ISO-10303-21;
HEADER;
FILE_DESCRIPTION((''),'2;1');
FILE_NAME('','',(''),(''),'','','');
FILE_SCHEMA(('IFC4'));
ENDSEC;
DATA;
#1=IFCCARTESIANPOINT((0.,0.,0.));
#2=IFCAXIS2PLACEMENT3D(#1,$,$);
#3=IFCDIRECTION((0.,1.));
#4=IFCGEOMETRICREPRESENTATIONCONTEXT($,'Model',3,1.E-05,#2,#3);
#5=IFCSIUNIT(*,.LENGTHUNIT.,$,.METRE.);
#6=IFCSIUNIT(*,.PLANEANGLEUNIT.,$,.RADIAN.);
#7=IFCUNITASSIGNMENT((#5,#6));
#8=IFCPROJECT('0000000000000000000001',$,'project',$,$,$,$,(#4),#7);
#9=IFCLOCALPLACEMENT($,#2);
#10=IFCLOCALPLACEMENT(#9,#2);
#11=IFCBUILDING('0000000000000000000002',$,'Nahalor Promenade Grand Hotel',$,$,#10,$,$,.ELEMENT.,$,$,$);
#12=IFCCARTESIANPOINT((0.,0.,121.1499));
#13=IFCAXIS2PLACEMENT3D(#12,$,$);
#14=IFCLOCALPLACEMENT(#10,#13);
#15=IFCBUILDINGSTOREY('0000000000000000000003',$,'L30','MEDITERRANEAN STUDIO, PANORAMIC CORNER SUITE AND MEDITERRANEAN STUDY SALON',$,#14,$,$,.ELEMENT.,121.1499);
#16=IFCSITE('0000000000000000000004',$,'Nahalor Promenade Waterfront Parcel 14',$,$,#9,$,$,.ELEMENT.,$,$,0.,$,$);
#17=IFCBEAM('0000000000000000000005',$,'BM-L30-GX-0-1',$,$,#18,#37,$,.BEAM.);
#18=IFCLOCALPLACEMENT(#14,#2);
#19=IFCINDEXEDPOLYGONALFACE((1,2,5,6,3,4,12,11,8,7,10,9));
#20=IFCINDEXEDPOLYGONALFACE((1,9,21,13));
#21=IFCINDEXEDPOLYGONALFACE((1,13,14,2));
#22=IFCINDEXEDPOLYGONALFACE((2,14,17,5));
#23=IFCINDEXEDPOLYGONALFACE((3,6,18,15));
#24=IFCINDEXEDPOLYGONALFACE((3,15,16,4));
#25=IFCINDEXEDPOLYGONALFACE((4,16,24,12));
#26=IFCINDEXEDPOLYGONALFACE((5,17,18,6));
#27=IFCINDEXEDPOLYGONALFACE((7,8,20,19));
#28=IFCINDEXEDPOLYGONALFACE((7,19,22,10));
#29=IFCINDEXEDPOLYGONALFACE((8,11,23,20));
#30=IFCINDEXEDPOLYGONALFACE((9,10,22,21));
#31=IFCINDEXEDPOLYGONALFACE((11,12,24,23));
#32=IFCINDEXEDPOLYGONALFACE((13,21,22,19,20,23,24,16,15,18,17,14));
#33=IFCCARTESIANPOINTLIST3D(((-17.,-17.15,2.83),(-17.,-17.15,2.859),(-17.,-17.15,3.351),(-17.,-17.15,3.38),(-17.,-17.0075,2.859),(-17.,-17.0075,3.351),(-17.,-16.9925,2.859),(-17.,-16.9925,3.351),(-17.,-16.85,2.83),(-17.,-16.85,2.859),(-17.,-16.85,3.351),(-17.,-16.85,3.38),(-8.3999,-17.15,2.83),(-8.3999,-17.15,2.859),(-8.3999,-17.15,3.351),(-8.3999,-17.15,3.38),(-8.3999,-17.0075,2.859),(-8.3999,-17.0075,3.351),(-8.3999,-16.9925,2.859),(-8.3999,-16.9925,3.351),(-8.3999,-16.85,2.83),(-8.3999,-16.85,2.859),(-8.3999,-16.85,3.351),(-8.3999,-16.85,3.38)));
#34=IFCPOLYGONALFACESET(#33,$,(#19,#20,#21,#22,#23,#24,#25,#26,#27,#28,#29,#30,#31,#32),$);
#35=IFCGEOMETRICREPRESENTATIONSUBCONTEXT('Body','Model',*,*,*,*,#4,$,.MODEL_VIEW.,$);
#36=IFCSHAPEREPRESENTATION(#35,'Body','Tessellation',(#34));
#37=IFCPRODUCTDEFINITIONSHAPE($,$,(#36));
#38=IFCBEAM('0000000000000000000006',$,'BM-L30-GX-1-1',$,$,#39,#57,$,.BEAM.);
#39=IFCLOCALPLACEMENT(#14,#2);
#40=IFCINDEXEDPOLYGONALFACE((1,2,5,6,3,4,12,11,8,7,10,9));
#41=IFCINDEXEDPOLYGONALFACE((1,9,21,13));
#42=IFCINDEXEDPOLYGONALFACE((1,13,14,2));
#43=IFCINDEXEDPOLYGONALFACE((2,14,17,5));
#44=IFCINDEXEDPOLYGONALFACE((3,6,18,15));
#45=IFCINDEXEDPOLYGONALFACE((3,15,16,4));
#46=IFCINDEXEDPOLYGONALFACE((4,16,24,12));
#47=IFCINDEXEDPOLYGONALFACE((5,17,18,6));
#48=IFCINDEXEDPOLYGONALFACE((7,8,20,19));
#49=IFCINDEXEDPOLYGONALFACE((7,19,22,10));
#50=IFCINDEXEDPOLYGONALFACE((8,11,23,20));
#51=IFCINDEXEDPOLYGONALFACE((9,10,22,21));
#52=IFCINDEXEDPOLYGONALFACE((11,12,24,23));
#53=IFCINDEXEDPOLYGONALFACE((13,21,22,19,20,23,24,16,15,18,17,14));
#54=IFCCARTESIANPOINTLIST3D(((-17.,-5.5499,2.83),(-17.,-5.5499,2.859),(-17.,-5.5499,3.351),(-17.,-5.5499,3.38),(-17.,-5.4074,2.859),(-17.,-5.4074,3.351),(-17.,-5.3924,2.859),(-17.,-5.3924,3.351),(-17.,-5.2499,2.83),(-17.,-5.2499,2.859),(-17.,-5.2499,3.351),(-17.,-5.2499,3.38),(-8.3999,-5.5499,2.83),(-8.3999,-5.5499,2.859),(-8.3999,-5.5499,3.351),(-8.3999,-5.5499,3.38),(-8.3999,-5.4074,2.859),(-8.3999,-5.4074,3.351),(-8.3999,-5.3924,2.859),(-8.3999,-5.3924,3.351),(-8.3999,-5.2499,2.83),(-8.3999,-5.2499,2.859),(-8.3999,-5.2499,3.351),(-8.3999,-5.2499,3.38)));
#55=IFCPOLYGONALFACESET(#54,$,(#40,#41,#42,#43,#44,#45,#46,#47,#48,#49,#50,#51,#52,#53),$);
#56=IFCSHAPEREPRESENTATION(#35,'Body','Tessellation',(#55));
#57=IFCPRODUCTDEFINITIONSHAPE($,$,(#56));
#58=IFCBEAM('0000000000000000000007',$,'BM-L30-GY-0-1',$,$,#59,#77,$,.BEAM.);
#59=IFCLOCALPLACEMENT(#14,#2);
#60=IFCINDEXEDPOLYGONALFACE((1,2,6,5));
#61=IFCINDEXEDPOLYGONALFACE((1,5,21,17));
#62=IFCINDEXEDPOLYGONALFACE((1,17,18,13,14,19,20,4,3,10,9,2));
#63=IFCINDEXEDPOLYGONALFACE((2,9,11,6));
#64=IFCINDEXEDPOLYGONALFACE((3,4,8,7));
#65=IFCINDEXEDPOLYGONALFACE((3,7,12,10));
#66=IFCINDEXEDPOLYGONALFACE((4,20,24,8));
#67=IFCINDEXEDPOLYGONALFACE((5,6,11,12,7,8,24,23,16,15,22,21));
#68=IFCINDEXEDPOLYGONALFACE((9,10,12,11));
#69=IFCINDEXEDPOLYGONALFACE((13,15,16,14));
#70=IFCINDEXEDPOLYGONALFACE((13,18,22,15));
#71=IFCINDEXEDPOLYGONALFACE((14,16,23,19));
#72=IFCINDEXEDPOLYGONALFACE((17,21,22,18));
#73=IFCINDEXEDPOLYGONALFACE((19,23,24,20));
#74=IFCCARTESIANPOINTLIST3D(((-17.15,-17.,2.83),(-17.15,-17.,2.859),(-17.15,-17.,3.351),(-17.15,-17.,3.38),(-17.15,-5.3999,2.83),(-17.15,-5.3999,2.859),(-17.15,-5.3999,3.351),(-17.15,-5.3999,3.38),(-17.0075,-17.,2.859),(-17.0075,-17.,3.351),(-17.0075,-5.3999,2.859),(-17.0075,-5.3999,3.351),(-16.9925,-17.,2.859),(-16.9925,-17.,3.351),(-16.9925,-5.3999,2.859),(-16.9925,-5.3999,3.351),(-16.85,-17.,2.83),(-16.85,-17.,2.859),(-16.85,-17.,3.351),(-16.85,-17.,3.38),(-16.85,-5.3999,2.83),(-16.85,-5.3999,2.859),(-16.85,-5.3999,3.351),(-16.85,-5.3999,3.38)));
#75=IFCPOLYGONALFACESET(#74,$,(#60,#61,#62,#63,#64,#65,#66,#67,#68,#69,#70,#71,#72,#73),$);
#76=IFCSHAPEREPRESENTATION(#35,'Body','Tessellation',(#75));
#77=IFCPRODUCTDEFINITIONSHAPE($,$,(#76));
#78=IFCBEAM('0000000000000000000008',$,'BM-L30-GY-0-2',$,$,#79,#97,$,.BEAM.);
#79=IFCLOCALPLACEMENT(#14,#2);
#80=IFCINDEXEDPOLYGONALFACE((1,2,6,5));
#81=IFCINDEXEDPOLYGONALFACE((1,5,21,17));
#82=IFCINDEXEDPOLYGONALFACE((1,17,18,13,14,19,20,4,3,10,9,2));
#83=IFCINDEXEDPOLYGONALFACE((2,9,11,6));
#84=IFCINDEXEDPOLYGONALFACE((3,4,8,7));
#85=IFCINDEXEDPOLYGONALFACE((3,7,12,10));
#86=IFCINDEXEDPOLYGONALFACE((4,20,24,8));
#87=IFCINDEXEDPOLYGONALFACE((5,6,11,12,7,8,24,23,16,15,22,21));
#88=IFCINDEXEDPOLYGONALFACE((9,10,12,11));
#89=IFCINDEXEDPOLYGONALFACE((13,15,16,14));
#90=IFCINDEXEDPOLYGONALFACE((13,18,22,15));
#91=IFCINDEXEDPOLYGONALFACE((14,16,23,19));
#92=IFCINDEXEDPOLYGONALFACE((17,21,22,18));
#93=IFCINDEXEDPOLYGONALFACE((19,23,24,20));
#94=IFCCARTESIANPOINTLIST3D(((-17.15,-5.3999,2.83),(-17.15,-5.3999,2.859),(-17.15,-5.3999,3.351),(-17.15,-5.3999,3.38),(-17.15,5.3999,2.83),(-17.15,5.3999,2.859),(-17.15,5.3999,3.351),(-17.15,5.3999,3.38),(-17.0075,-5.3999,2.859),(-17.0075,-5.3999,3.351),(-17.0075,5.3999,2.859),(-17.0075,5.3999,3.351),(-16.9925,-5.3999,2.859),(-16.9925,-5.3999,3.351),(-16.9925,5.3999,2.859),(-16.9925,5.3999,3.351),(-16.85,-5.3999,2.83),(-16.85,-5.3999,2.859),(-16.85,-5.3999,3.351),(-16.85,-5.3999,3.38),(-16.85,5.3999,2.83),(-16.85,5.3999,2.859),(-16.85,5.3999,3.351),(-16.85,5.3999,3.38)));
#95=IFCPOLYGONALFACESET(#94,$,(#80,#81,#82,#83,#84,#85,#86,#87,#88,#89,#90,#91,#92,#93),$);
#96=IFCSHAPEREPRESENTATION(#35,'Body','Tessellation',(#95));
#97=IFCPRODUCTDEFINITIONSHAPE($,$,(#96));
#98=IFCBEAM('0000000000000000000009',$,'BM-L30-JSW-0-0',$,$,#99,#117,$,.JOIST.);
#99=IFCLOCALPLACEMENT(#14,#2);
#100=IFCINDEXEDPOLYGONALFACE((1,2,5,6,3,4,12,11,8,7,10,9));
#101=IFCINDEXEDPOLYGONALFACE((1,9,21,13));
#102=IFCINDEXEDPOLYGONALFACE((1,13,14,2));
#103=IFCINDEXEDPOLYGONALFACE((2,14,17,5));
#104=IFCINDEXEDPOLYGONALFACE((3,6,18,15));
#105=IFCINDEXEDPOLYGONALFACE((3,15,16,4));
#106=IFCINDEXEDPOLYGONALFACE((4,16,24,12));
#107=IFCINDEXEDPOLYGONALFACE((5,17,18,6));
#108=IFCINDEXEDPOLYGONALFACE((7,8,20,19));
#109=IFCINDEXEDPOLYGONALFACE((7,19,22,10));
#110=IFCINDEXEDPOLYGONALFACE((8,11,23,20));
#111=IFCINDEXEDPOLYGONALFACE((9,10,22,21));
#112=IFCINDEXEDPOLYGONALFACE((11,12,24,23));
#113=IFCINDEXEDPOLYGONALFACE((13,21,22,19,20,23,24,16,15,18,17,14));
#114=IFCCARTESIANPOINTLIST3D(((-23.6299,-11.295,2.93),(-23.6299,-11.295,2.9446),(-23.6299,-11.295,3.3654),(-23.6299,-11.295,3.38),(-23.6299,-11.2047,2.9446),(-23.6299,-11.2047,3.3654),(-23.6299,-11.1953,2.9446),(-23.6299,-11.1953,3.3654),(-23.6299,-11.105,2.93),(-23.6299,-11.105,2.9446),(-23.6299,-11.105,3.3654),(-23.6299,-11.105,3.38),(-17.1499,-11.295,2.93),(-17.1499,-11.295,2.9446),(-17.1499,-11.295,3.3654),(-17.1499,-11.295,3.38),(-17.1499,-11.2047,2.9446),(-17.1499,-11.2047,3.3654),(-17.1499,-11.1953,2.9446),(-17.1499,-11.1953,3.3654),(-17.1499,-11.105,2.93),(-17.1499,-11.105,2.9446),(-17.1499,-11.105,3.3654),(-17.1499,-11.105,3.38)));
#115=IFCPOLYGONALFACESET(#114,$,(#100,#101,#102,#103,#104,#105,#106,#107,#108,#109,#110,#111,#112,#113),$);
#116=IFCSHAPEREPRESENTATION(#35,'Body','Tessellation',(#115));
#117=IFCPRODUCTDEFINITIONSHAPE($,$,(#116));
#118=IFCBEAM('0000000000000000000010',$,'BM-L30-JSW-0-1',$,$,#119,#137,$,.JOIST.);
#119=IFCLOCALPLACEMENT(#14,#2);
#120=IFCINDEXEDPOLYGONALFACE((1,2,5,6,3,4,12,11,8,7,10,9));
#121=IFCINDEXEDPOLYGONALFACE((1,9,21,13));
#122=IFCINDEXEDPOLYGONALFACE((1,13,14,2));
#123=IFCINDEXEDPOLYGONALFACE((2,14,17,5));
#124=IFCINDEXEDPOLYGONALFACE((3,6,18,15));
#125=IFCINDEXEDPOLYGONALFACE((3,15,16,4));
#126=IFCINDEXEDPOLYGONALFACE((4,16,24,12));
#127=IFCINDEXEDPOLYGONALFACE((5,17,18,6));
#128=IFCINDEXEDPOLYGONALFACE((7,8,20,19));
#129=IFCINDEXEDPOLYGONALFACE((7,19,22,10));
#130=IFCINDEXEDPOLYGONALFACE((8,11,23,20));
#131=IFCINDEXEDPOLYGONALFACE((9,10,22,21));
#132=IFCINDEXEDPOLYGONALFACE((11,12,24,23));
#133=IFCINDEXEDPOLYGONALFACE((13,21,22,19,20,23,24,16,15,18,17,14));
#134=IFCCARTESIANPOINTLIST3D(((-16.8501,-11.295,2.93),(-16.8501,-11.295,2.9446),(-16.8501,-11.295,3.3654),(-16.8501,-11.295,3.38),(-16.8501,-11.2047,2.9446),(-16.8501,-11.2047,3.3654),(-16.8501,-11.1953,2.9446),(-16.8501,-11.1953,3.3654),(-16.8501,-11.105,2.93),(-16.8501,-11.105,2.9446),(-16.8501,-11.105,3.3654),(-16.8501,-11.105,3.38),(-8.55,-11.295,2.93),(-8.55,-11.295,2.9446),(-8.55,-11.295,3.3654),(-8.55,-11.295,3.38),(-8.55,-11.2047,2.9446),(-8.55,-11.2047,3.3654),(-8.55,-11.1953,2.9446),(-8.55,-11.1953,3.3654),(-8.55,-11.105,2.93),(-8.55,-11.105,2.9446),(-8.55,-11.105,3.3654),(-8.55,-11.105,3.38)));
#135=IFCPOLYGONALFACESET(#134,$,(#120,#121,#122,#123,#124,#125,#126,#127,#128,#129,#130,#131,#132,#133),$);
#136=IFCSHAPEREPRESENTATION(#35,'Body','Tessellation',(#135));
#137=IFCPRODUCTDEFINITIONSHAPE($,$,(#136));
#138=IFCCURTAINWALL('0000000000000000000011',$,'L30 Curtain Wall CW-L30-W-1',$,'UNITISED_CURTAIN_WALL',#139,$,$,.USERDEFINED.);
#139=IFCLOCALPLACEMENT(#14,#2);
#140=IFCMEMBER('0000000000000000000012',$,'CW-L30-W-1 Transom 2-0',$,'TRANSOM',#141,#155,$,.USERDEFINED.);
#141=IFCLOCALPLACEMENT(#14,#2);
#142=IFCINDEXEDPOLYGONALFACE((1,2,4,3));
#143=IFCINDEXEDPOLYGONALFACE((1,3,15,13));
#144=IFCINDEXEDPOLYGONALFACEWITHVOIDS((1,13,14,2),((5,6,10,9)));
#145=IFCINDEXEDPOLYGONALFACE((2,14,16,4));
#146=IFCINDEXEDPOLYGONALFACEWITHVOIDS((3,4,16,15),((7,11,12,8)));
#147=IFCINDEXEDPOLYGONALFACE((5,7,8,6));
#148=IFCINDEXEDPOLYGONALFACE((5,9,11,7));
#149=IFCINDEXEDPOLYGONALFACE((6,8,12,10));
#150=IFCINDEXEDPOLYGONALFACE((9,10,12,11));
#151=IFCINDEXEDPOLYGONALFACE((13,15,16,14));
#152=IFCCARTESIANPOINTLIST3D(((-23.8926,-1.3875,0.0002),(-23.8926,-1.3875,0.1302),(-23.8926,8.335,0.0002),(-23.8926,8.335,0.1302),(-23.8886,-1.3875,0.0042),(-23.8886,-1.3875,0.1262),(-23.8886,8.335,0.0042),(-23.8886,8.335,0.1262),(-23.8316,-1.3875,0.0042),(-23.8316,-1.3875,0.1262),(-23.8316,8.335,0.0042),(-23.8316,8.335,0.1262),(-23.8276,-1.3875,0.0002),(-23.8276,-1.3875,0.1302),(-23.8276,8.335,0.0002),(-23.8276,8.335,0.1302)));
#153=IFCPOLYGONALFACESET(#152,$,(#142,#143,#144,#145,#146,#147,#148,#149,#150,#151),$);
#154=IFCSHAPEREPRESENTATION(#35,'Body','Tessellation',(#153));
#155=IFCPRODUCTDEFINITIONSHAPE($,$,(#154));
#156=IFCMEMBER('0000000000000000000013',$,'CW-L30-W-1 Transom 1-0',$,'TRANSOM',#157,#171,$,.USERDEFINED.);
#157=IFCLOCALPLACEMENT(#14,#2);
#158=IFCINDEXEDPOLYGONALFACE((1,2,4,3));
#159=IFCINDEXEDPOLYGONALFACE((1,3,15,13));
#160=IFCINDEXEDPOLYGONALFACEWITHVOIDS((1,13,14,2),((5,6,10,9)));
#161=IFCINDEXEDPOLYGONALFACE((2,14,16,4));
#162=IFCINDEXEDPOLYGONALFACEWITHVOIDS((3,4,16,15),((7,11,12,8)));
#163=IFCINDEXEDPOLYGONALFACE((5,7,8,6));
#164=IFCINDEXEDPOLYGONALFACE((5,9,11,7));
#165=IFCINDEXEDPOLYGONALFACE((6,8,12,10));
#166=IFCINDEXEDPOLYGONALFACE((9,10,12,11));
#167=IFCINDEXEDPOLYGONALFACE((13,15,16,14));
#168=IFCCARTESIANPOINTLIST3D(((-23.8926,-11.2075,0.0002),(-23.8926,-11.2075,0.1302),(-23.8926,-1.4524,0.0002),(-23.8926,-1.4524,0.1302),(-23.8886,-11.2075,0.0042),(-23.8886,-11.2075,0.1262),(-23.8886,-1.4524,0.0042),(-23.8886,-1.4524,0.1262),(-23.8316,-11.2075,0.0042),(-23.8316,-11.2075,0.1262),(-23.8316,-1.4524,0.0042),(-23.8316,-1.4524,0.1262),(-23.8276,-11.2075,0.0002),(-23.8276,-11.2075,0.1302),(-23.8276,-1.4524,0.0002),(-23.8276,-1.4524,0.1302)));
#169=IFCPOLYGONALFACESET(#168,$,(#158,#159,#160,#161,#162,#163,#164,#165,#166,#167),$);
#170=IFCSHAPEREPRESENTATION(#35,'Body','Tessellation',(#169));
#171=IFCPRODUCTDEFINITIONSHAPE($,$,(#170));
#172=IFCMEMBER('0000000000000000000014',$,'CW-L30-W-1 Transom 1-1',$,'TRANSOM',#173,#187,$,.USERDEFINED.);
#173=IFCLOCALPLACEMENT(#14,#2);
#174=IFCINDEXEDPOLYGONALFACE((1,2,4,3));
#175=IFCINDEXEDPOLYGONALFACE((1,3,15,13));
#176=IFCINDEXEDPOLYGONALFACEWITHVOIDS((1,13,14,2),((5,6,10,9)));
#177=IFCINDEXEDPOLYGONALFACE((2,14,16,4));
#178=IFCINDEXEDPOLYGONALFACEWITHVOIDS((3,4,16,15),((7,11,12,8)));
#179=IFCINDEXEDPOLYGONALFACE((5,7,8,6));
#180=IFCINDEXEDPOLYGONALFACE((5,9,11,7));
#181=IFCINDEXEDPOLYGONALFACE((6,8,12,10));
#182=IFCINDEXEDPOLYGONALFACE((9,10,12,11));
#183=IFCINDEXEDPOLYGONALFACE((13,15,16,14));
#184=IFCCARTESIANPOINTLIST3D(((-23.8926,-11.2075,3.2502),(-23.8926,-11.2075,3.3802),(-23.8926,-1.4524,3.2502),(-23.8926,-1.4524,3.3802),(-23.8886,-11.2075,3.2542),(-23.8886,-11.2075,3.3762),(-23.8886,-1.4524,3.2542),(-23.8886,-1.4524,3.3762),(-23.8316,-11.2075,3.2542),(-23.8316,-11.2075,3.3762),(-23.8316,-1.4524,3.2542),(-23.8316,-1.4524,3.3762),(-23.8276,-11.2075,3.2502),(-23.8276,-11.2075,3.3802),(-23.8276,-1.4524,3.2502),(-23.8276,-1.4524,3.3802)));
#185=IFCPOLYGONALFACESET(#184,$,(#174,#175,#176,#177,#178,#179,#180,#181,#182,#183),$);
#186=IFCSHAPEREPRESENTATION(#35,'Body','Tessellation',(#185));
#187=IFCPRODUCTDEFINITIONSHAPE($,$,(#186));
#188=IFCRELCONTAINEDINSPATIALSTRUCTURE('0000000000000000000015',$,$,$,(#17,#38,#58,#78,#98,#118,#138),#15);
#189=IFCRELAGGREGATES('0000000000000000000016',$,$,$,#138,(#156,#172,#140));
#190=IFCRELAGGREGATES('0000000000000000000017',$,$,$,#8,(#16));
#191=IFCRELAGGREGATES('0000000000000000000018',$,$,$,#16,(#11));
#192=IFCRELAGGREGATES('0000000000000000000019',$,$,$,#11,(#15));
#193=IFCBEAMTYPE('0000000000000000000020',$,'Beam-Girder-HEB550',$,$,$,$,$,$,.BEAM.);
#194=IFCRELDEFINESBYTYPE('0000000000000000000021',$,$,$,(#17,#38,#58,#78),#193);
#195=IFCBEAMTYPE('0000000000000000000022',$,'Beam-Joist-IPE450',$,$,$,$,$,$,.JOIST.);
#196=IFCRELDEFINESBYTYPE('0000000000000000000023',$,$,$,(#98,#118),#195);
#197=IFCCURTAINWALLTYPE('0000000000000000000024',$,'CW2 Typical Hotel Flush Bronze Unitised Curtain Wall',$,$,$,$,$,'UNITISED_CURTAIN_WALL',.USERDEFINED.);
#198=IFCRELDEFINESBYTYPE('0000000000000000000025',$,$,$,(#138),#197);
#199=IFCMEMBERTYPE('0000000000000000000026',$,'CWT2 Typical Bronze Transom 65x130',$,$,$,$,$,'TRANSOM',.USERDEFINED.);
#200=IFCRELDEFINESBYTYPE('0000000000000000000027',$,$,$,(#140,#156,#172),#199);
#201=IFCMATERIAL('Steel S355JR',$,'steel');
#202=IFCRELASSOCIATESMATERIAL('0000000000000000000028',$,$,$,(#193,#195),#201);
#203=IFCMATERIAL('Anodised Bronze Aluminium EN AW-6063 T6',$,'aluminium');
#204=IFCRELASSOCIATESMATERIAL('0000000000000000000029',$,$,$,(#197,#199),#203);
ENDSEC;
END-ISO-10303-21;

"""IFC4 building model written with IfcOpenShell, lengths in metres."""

from ifc_helpers import new_model, si_unit, direction, frame, origin, origin_2d, place, context, subcontext, project, spatial, hollow_rectangle, i_section, extrude, source, transform, mapped, material, material_profile, profile_set, type_object, element, aggregate, save


model = new_model("IFC4")

# Units and contexts
model_context = context("Model", 3, precision=1e-05, world=origin(), true_north=direction((0.0, 1.0)))
body_context = subcontext(model_context, "Body", "Model", "MODEL_VIEW")
ifc_project = project(units=[si_unit("LENGTHUNIT", "METRE"), si_unit("PLANEANGLEUNIT", "RADIAN")], contexts=[model_context])

# Site, building, storey
site_placement = place(None, origin())
site = spatial("IfcSite", under=ifc_project, at=site_placement, Name="Nahalor Promenade Waterfront Parcel 14", CompositionType="ELEMENT", RefElevation=0.0)
building_placement = place(site_placement, origin())
building = spatial("IfcBuilding", under=site, at=building_placement, Name="Nahalor Promenade Grand Hotel", CompositionType="ELEMENT")
storey_placement = place(building_placement, frame((0.0, 0.0, 121.1499)))
storey = spatial("IfcBuildingStorey", under=building, at=storey_placement, Name="L30", Description="MEDITERRANEAN STUDIO, PANORAMIC CORNER SUITE AND MEDITERRANEAN STUDY SALON", CompositionType="ELEMENT", Elevation=121.1499)

# Beams
ifc_material_1 = material(Name="Steel S355JR", Category="steel")
ifc_material_profile_1 = material_profile(ifc_material_1, i_section(OverallWidth=0.3, OverallDepth=0.55, WebThickness=0.015, FlangeThickness=0.029, at=origin_2d()), Name="HEB 550")
ifc_profile_set_1 = profile_set([ifc_material_profile_1], Name="Steel S355JR")
beam_type_1 = type_object("IfcBeamType", Name="Beam-Girder-HEB550", PredefinedType="BEAM", material=ifc_profile_set_1)
shared_shape_1 = source(origin(), body_context, "Body", "SweptSolid", [
    extrude(i_section(OverallWidth=0.3, OverallDepth=0.55, WebThickness=0.015, FlangeThickness=0.029, at=origin_2d()), origin(), (0.0, 0.0, 1.0), 8.6001),
])
for number, where, z_axis, x_axis, name in (
    (1, (-17.0, -17.0, 3.105), (1.0, 0.0, 0.0), (0.0, 1.0, 0.0), "BM-L30-GX-0-1"),
    (2, (-17.0, -5.3999, 3.105), (1.0, 0.0, 0.0), (0.0, 1.0, 0.0), "BM-L30-GX-1-1"),
):
    element("IfcBeam", number, at=place(storey_placement, frame(where, z_axis=z_axis, x_axis=x_axis)), inside=storey, type_object=beam_type_1, Name=name, PredefinedType="BEAM", context=body_context, shape_type="MappedRepresentation", body=[
        mapped(shared_shape_1, transform((0.0, 0.0, 0.0), scale=1.0)),
    ])
shared_shape_2 = source(origin(), body_context, "Body", "SweptSolid", [
    extrude(i_section(OverallWidth=0.3, OverallDepth=0.55, WebThickness=0.015, FlangeThickness=0.029, at=origin_2d()), origin(), (0.0, 0.0, 1.0), 11.6001),
])
beam_1_placement = place(storey_placement, frame((-17.0, -17.0, 3.105), z_axis=(0.0, 1.0, 0.0), x_axis=(-1.0, 0.0, 0.0)))
element("IfcBeam", 3, at=beam_1_placement, inside=storey, type_object=beam_type_1, Name="BM-L30-GY-0-1", PredefinedType="BEAM", context=body_context, shape_type="MappedRepresentation", body=[
    mapped(shared_shape_2, transform((0.0, 0.0, 0.0), scale=1.0)),
])
shared_shape_3 = source(origin(), body_context, "Body", "SweptSolid", [
    extrude(i_section(OverallWidth=0.3, OverallDepth=0.55, WebThickness=0.015, FlangeThickness=0.029, at=origin_2d()), origin(), (0.0, 0.0, 1.0), 10.7998),
])
beam_2_placement = place(storey_placement, frame((-17.0, -5.3999, 3.105), z_axis=(0.0, 1.0, 0.0), x_axis=(-1.0, 0.0, 0.0)))
element("IfcBeam", 4, at=beam_2_placement, inside=storey, type_object=beam_type_1, Name="BM-L30-GY-0-2", PredefinedType="BEAM", context=body_context, shape_type="MappedRepresentation", body=[
    mapped(shared_shape_3, transform((0.0, 0.0, 0.0), scale=1.0)),
])
ifc_material_profile_2 = material_profile(ifc_material_1, i_section(OverallWidth=0.19, OverallDepth=0.45, WebThickness=0.0094, FlangeThickness=0.0146, at=origin_2d()), Name="IPE 450")
ifc_profile_set_2 = profile_set([ifc_material_profile_2], Name="Steel S355JR")
beam_type_2 = type_object("IfcBeamType", Name="Beam-Joist-IPE450", PredefinedType="JOIST", material=ifc_profile_set_2)
shared_shape_4 = source(origin(), body_context, "Body", "SweptSolid", [
    extrude(i_section(OverallWidth=0.19, OverallDepth=0.45, WebThickness=0.0094, FlangeThickness=0.0146, at=origin_2d()), origin(), (0.0, 0.0, 1.0), 6.48),
])
beam_3_placement = place(storey_placement, frame((-23.6299, -11.2, 3.155), z_axis=(1.0, 0.0, 0.0), x_axis=(0.0, 1.0, 0.0)))
element("IfcBeam", 5, at=beam_3_placement, inside=storey, type_object=beam_type_2, Name="BM-L30-JSW-0-0", PredefinedType="JOIST", context=body_context, shape_type="MappedRepresentation", body=[
    mapped(shared_shape_4, transform((0.0, 0.0, 0.0), scale=1.0)),
])
shared_shape_5 = source(origin(), body_context, "Body", "SweptSolid", [
    extrude(i_section(OverallWidth=0.19, OverallDepth=0.45, WebThickness=0.0094, FlangeThickness=0.0146, at=origin_2d()), origin(), (0.0, 0.0, 1.0), 8.3),
])
beam_4_placement = place(storey_placement, frame((-16.8501, -11.2, 3.155), z_axis=(1.0, 0.0, 0.0), x_axis=(0.0, 1.0, 0.0)))
element("IfcBeam", 6, at=beam_4_placement, inside=storey, type_object=beam_type_2, Name="BM-L30-JSW-0-1", PredefinedType="JOIST", context=body_context, shape_type="MappedRepresentation", body=[
    mapped(shared_shape_5, transform((0.0, 0.0, 0.0), scale=1.0)),
])

# Curtain wall, members
ifc_material_2 = material(Name="Anodised Bronze Aluminium EN AW-6063 T6", Category="aluminium")
curtain_wall_type = type_object("IfcCurtainWallType", Name="CW2 Typical Hotel Flush Bronze Unitised Curtain Wall", ElementType="UNITISED_CURTAIN_WALL", PredefinedType="USERDEFINED", material=ifc_material_2)
curtain_wall_placement = place(storey_placement, origin())
curtain_wall = element("IfcCurtainWall", 7, at=curtain_wall_placement, inside=storey, type_object=curtain_wall_type, Name="L30 Curtain Wall CW-L30-W-1", ObjectType="UNITISED_CURTAIN_WALL", PredefinedType="USERDEFINED")
ifc_material_profile_3 = material_profile(ifc_material_2, hollow_rectangle(XDim=0.065, YDim=0.13, WallThickness=0.004, at=origin_2d()), Name="CWT 65x130x4")
ifc_profile_set_3 = profile_set([ifc_material_profile_3], Name="Anodised Bronze Aluminium EN AW-6063 T6")
member_type_1 = type_object("IfcMemberType", Name="CWT2 Typical Bronze Transom 65x130", ElementType="TRANSOM", PredefinedType="USERDEFINED", material=ifc_profile_set_3)
shared_shape_6 = source(origin(), body_context, "Body", "SweptSolid", [
    extrude(hollow_rectangle(XDim=0.065, YDim=0.13, WallThickness=0.004, at=origin_2d()), origin(), (0.0, 0.0, 1.0), 9.7224),
])
member_1_placement = place(storey_placement, frame((-23.8601, -1.3875, 0.0652), z_axis=(0.0, 1.0, 0.0), x_axis=(-1.0, 0.0, 0.0)))
member_1 = element("IfcMember", 8, at=member_1_placement, type_object=member_type_1, Name="CW-L30-W-1 Transom 2-0", ObjectType="TRANSOM", PredefinedType="USERDEFINED", context=body_context, shape_type="MappedRepresentation", body=[
    mapped(shared_shape_6, transform((0.0, 0.0, 0.0), scale=1.0)),
])
shared_shape_7 = source(origin(), body_context, "Body", "SweptSolid", [
    extrude(hollow_rectangle(XDim=0.065, YDim=0.13, WallThickness=0.004, at=origin_2d()), origin(), (0.0, 0.0, 1.0), 9.7551),
])
member_2_placement = place(storey_placement, frame((-23.8601, -11.2075, 0.0652), z_axis=(0.0, 1.0, 0.0), x_axis=(-1.0, 0.0, 0.0)))
member_2 = element("IfcMember", 9, at=member_2_placement, type_object=member_type_1, Name="CW-L30-W-1 Transom 1-0", ObjectType="TRANSOM", PredefinedType="USERDEFINED", context=body_context, shape_type="MappedRepresentation", body=[
    mapped(shared_shape_7, transform((0.0, 0.0, 0.0), scale=1.0)),
])
member_3_placement = place(storey_placement, frame((-23.8601, -11.2075, 3.3152), z_axis=(0.0, 1.0, 0.0), x_axis=(-1.0, 0.0, 0.0)))
member_3 = element("IfcMember", 10, at=member_3_placement, type_object=member_type_1, Name="CW-L30-W-1 Transom 1-1", ObjectType="TRANSOM", PredefinedType="USERDEFINED", context=body_context, shape_type="MappedRepresentation", body=[
    mapped(shared_shape_7, transform((0.0, 0.0, 0.0), scale=1.0)),
])
aggregate(curtain_wall, [member_2, member_3, member_1])

save(model, "model.ifc")
